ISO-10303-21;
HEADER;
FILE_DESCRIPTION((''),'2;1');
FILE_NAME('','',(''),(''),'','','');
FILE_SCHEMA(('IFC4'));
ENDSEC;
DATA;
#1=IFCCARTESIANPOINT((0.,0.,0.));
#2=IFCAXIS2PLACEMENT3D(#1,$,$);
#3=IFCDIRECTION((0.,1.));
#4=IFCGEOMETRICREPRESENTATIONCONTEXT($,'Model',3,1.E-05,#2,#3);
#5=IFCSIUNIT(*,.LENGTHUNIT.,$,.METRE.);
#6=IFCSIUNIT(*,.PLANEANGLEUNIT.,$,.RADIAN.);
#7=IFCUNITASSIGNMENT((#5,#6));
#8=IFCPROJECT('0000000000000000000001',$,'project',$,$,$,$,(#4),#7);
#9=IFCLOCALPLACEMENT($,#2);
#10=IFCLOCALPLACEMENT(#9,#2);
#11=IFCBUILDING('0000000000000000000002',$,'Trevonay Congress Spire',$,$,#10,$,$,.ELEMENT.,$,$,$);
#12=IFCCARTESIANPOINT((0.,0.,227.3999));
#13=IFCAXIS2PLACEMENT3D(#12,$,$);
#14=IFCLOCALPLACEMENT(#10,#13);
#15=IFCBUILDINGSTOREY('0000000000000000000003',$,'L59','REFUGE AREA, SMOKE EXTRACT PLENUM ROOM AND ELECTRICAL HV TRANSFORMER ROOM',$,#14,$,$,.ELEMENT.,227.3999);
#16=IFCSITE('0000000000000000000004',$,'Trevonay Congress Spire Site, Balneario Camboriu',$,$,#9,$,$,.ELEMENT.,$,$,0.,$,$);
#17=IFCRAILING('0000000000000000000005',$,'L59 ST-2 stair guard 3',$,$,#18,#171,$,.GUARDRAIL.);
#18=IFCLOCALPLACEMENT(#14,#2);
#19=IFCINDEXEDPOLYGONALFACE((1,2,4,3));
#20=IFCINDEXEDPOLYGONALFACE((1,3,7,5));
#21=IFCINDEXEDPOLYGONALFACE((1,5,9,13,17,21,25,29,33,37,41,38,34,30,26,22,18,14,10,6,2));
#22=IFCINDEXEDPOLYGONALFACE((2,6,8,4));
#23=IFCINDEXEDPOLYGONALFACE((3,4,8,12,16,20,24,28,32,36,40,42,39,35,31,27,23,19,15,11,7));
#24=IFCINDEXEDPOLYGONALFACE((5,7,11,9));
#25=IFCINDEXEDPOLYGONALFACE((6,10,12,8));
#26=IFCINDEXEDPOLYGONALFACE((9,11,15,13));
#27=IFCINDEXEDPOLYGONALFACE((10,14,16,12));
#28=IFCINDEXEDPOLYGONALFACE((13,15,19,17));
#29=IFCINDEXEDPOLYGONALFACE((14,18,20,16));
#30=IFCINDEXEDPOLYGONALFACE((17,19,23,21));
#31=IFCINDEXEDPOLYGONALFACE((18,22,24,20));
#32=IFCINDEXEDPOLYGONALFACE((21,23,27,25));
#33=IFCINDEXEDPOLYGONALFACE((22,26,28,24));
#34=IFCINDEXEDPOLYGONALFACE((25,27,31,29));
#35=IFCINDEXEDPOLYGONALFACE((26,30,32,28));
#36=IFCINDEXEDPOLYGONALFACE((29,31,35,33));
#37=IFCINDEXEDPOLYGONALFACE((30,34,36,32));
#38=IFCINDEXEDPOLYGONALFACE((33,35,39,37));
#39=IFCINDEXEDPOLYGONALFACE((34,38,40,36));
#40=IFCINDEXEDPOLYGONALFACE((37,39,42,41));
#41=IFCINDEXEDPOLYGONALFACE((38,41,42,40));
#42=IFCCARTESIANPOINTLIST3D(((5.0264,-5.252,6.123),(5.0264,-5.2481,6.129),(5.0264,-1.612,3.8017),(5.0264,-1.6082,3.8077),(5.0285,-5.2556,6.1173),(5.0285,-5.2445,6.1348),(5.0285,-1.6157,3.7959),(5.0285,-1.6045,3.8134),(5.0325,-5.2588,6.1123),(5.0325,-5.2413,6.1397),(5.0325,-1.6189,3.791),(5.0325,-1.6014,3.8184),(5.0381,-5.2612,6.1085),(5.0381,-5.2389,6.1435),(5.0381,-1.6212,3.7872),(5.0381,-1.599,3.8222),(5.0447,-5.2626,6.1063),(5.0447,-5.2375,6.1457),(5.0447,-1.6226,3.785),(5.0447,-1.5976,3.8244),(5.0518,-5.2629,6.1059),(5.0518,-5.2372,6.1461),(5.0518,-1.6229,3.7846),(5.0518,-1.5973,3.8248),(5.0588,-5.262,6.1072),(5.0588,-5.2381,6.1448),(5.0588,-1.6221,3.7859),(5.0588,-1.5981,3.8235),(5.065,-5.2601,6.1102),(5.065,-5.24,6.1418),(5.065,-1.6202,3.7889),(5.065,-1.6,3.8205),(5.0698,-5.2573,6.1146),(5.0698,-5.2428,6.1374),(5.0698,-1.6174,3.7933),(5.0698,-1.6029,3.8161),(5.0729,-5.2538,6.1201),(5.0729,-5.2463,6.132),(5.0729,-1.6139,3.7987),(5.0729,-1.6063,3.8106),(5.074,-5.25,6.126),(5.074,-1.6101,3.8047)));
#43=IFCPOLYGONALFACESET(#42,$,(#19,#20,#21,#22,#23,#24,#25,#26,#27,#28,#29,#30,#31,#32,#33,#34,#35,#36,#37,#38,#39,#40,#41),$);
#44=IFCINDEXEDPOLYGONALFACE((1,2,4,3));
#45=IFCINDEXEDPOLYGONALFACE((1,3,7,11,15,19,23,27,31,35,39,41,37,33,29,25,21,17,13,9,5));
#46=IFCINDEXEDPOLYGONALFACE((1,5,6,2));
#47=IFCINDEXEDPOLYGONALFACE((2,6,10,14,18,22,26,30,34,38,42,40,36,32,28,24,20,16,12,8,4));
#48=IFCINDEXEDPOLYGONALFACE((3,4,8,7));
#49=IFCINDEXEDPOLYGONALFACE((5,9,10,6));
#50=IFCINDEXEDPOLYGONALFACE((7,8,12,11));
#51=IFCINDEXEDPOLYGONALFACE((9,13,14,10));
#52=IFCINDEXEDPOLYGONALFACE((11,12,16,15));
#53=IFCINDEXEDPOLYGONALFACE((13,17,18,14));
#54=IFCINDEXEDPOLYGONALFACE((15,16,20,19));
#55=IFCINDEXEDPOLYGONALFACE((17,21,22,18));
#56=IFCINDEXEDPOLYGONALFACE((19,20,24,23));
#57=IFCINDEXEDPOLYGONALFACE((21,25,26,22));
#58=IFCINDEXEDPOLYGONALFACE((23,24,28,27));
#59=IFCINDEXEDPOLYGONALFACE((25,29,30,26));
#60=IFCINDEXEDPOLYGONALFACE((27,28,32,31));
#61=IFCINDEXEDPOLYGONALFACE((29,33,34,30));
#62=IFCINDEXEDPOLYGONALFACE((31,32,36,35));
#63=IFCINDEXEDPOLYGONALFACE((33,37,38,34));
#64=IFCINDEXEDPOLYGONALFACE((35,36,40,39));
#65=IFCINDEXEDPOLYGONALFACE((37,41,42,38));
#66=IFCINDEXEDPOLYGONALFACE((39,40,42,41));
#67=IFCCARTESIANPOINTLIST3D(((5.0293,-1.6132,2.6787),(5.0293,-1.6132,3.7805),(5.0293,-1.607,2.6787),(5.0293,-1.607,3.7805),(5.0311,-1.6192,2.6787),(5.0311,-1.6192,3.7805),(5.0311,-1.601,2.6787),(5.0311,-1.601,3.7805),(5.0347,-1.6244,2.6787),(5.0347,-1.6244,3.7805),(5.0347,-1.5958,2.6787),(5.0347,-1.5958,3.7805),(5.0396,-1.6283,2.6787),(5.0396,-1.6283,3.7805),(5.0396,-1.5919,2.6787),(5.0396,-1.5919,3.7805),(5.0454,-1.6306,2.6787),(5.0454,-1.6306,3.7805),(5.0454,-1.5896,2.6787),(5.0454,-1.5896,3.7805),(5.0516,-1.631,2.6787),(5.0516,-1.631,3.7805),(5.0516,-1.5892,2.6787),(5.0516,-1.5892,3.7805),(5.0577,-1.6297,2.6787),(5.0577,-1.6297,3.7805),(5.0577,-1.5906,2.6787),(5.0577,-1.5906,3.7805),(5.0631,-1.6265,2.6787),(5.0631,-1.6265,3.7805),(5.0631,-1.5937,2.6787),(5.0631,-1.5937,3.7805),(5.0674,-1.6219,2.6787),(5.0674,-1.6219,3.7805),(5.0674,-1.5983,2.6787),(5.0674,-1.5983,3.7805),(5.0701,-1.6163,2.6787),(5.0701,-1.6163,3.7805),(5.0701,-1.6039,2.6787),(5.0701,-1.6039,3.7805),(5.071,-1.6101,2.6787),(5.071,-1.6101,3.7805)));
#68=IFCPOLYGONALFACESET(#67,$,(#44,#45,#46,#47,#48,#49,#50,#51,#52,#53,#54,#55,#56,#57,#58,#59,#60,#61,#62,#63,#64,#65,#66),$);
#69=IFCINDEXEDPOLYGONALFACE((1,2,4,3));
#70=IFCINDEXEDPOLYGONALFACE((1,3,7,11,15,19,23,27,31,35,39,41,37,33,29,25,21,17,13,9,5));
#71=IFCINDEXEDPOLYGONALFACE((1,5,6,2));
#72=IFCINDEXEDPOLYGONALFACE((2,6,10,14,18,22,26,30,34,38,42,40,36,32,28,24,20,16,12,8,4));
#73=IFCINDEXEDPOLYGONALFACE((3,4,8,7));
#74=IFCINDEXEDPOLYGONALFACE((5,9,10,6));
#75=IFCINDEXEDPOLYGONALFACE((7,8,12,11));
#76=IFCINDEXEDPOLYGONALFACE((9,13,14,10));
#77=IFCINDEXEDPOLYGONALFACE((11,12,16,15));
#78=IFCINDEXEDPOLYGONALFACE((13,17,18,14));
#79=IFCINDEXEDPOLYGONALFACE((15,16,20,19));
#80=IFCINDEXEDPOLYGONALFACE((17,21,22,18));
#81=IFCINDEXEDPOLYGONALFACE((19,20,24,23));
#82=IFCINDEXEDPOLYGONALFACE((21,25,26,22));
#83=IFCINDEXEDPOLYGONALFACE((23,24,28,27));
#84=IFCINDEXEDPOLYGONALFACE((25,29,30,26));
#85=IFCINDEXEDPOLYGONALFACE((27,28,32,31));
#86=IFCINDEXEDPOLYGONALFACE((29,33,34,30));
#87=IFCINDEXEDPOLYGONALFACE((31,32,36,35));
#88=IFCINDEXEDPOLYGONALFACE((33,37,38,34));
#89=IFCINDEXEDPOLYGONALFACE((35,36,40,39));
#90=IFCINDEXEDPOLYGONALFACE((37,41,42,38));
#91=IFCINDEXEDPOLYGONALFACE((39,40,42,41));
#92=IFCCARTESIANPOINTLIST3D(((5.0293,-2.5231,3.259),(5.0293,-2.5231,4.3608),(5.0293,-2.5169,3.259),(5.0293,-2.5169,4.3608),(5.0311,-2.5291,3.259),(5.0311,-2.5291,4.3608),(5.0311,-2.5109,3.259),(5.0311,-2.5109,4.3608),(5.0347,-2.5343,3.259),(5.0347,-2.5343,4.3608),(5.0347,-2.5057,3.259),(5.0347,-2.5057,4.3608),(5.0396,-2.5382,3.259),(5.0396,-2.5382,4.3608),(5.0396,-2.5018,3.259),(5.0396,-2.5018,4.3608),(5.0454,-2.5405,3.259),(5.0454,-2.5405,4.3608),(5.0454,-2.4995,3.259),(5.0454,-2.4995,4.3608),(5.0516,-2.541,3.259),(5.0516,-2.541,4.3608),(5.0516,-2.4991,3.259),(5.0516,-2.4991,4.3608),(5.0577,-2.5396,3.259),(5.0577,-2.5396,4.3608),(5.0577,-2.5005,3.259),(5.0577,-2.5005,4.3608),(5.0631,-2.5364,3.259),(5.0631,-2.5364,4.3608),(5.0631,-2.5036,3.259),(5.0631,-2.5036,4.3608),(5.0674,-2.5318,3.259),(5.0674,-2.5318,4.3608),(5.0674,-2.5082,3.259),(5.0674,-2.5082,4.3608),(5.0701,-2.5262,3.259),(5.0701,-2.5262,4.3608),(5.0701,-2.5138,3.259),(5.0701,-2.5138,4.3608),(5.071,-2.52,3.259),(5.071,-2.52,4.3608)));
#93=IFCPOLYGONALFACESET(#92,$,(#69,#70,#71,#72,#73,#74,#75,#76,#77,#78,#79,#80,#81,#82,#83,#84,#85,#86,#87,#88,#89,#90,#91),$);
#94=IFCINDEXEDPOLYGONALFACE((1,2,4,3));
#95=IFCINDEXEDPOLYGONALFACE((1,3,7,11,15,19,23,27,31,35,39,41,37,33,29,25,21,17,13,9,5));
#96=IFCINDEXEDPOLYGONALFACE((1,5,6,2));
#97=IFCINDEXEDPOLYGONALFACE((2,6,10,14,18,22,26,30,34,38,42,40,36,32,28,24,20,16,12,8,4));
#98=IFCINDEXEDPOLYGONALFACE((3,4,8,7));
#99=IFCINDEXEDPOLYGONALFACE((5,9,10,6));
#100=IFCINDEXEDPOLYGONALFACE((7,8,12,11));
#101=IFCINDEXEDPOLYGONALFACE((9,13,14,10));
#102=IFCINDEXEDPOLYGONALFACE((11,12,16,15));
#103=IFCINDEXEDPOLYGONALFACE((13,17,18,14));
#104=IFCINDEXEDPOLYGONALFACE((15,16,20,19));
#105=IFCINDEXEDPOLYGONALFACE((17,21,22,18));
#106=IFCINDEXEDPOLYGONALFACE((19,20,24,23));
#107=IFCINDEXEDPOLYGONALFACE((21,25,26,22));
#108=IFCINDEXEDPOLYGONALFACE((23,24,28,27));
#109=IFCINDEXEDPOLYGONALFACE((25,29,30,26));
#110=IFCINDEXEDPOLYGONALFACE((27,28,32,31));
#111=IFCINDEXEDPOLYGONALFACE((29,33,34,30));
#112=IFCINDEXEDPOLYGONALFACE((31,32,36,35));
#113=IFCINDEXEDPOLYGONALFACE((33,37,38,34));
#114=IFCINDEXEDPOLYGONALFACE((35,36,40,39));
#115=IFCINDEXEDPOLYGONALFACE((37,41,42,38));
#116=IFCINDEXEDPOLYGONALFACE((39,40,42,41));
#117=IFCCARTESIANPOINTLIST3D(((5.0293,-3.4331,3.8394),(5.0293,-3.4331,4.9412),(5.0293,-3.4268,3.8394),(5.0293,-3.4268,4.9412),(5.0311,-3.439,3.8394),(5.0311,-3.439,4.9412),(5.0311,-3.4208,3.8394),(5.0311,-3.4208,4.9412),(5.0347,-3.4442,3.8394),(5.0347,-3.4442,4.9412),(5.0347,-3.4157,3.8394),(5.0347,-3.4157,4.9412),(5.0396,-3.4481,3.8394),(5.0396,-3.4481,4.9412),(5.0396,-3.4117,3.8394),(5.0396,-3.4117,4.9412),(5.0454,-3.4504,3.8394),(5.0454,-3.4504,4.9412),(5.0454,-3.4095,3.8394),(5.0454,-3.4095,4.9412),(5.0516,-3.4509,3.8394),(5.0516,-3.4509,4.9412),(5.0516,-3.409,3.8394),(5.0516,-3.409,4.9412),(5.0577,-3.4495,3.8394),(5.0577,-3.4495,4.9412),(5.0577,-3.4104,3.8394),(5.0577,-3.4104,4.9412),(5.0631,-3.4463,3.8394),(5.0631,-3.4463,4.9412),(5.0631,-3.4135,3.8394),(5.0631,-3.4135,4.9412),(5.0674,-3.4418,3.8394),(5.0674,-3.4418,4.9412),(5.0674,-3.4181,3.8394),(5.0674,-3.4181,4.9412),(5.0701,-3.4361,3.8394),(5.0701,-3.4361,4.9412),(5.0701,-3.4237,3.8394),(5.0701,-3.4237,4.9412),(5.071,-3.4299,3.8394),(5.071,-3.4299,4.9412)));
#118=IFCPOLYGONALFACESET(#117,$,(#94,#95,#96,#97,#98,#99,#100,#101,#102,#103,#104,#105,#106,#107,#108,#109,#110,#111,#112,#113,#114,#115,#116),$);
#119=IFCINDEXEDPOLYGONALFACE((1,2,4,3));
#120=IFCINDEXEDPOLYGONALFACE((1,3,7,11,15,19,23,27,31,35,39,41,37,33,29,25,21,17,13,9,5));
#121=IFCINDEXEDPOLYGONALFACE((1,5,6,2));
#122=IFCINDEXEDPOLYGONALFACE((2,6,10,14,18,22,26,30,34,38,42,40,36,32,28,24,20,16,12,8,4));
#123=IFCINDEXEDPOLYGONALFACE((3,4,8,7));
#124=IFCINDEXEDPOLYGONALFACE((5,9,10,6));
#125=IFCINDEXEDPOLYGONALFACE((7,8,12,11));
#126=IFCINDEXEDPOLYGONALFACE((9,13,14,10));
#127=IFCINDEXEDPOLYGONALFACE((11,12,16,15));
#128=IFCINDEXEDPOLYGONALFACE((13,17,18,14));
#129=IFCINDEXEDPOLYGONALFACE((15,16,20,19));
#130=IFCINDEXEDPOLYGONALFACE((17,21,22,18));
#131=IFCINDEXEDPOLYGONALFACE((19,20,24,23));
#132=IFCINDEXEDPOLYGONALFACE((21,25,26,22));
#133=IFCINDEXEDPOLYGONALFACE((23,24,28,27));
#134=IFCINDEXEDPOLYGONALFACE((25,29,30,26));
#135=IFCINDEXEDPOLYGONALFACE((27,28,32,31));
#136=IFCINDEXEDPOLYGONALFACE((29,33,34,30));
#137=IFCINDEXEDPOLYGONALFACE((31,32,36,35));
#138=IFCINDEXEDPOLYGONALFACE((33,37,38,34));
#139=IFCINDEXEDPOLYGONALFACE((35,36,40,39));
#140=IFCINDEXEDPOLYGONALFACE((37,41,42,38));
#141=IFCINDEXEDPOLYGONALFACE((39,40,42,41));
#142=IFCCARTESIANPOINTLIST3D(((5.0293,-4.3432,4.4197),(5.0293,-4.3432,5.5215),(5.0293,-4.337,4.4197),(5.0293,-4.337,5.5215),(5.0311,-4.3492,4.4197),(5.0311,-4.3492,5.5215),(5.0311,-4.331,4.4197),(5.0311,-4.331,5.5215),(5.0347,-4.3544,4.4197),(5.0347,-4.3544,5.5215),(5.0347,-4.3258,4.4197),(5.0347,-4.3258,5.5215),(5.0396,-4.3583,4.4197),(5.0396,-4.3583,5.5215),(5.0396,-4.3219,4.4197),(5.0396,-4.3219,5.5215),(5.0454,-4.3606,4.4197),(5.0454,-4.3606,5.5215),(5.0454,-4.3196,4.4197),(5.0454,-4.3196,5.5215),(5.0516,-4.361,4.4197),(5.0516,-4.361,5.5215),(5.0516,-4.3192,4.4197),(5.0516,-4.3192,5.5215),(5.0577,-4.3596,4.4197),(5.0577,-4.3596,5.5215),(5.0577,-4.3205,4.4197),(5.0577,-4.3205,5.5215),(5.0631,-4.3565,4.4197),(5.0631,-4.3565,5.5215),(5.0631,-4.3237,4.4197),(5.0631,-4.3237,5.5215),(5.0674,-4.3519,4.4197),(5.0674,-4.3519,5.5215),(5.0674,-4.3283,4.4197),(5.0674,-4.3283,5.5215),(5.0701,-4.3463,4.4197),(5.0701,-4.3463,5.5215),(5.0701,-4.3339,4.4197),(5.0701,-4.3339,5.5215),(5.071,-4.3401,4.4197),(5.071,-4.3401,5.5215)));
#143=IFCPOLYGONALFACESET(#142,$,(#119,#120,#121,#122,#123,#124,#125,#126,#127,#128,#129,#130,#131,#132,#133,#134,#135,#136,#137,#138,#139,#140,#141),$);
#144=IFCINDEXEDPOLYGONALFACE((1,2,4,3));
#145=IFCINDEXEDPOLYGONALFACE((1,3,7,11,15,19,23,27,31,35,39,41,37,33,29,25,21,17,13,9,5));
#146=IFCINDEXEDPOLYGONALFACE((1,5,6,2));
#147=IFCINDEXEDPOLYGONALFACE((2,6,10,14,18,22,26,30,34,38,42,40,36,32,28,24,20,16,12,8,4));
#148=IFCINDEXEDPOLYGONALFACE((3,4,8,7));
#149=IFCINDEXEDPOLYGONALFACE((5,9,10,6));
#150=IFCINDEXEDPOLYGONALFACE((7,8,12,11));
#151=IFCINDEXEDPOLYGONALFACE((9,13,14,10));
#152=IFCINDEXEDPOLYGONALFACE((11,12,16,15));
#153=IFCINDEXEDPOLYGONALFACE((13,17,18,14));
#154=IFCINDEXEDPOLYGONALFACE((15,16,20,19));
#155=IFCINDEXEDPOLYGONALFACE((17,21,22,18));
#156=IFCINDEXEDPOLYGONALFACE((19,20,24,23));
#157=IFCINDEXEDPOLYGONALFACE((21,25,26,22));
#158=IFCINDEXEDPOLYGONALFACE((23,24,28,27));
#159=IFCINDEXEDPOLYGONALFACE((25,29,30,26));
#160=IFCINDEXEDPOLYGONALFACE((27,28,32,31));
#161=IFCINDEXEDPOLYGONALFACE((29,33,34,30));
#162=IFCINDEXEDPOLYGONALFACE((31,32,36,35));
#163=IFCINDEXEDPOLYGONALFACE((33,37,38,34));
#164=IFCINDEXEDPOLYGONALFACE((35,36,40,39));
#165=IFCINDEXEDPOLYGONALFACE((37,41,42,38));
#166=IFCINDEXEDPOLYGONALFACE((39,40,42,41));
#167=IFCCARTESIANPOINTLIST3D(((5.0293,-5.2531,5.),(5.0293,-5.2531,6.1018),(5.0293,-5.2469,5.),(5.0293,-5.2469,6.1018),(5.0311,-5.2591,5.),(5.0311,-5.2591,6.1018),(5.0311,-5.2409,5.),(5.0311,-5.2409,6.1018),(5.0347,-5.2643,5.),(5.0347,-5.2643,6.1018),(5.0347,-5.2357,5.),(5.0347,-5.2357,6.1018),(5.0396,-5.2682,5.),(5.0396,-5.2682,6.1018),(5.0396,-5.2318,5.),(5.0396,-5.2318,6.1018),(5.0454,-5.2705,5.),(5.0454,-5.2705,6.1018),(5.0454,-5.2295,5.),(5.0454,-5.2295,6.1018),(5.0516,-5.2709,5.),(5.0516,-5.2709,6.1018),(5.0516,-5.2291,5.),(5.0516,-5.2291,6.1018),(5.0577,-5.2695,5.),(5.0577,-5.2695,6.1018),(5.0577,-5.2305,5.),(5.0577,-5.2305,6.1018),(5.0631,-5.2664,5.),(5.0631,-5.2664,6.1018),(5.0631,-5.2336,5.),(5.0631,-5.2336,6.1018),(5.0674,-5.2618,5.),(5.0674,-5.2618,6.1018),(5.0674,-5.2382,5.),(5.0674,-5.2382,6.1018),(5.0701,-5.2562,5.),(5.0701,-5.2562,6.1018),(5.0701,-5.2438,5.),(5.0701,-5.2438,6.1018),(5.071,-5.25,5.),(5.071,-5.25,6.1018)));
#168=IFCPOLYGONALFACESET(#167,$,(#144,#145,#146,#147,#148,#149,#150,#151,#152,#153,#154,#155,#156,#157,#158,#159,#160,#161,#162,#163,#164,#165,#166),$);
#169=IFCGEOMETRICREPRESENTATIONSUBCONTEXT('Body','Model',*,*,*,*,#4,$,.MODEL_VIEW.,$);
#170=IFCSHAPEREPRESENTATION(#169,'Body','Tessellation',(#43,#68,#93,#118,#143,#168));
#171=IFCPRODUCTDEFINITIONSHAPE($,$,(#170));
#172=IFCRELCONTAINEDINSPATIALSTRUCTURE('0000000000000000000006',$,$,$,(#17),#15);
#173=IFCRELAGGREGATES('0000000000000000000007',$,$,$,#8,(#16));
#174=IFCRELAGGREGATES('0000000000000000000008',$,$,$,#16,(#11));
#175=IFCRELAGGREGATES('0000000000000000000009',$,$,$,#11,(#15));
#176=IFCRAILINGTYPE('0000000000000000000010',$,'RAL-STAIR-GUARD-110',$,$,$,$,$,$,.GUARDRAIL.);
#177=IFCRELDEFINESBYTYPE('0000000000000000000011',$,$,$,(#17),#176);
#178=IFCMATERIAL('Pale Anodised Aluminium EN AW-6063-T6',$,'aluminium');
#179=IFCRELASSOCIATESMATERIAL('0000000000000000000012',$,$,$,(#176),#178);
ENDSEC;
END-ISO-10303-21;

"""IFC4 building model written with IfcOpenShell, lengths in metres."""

from ifc_helpers import new_model, si_unit, direction, frame, origin, origin_2d, place, context, subcontext, project, spatial, circle, extrude, material, type_object, element, save


model = new_model("IFC4")

# Units and contexts
model_context = context("Model", 3, precision=1e-05, world=origin(), true_north=direction((0.0, 1.0)))
body_context = subcontext(model_context, "Body", "Model", "MODEL_VIEW")
ifc_project = project(units=[si_unit("LENGTHUNIT", "METRE"), si_unit("PLANEANGLEUNIT", "RADIAN")], contexts=[model_context])

# Site, building, storey
site_placement = place(None, origin())
site = spatial("IfcSite", under=ifc_project, at=site_placement, Name="Trevonay Congress Spire Site, Balneario Camboriu", CompositionType="ELEMENT", RefElevation=0.0)
building_placement = place(site_placement, origin())
building = spatial("IfcBuilding", under=site, at=building_placement, Name="Trevonay Congress Spire", CompositionType="ELEMENT")
storey_placement = place(building_placement, frame((0.0, 0.0, 227.3999)))
storey = spatial("IfcBuildingStorey", under=building, at=storey_placement, Name="L59", Description="REFUGE AREA, SMOKE EXTRACT PLENUM ROOM AND ELECTRICAL HV TRANSFORMER ROOM", CompositionType="ELEMENT", Elevation=227.3999)

# Shared definitions
ifc_material_1 = material(Name="Pale Anodised Aluminium EN AW-6063-T6", Category="aluminium")

# Railing
railing_type_1 = type_object("IfcRailingType", Name="RAL-STAIR-GUARD-110", PredefinedType="GUARDRAIL", material=ifc_material_1)
railing_1_placement = place(storey_placement, frame((5.05, -1.6101, 2.6787)))
element("IfcRailing", 1, at=railing_1_placement, inside=storey, type_object=railing_type_1, Name="L59 ST-2 stair guard 3", PredefinedType="GUARDRAIL", context=body_context, shape_type="SweptSolid", body=[
    extrude(circle(Radius=0.0239, at=origin_2d()), frame((0.0, 0.0, 1.126), z_axis=(0.0, -0.843137, 0.537699), x_axis=(1.0, 0.0, 0.0)), (0.0, 0.0, 1.0), 4.3171),
    extrude(circle(Radius=0.021, at=origin_2d()), origin(), (0.0, 0.0, 1.0), 1.1018),
    extrude(circle(Radius=0.021, at=origin_2d()), frame((0.0, -0.9099, 0.5803)), (0.0, 0.0, 1.0), 1.1018),
    extrude(circle(Radius=0.021, at=origin_2d()), frame((0.0, -1.8198, 1.1606)), (0.0, 0.0, 1.0), 1.1018),
    extrude(circle(Radius=0.021, at=origin_2d()), frame((0.0, -2.73, 1.741)), (0.0, 0.0, 1.0), 1.1018),
    extrude(circle(Radius=0.021, at=origin_2d()), frame((0.0, -3.6399, 2.3213)), (0.0, 0.0, 1.0), 1.1018),
])

save(model, "model.ifc")
